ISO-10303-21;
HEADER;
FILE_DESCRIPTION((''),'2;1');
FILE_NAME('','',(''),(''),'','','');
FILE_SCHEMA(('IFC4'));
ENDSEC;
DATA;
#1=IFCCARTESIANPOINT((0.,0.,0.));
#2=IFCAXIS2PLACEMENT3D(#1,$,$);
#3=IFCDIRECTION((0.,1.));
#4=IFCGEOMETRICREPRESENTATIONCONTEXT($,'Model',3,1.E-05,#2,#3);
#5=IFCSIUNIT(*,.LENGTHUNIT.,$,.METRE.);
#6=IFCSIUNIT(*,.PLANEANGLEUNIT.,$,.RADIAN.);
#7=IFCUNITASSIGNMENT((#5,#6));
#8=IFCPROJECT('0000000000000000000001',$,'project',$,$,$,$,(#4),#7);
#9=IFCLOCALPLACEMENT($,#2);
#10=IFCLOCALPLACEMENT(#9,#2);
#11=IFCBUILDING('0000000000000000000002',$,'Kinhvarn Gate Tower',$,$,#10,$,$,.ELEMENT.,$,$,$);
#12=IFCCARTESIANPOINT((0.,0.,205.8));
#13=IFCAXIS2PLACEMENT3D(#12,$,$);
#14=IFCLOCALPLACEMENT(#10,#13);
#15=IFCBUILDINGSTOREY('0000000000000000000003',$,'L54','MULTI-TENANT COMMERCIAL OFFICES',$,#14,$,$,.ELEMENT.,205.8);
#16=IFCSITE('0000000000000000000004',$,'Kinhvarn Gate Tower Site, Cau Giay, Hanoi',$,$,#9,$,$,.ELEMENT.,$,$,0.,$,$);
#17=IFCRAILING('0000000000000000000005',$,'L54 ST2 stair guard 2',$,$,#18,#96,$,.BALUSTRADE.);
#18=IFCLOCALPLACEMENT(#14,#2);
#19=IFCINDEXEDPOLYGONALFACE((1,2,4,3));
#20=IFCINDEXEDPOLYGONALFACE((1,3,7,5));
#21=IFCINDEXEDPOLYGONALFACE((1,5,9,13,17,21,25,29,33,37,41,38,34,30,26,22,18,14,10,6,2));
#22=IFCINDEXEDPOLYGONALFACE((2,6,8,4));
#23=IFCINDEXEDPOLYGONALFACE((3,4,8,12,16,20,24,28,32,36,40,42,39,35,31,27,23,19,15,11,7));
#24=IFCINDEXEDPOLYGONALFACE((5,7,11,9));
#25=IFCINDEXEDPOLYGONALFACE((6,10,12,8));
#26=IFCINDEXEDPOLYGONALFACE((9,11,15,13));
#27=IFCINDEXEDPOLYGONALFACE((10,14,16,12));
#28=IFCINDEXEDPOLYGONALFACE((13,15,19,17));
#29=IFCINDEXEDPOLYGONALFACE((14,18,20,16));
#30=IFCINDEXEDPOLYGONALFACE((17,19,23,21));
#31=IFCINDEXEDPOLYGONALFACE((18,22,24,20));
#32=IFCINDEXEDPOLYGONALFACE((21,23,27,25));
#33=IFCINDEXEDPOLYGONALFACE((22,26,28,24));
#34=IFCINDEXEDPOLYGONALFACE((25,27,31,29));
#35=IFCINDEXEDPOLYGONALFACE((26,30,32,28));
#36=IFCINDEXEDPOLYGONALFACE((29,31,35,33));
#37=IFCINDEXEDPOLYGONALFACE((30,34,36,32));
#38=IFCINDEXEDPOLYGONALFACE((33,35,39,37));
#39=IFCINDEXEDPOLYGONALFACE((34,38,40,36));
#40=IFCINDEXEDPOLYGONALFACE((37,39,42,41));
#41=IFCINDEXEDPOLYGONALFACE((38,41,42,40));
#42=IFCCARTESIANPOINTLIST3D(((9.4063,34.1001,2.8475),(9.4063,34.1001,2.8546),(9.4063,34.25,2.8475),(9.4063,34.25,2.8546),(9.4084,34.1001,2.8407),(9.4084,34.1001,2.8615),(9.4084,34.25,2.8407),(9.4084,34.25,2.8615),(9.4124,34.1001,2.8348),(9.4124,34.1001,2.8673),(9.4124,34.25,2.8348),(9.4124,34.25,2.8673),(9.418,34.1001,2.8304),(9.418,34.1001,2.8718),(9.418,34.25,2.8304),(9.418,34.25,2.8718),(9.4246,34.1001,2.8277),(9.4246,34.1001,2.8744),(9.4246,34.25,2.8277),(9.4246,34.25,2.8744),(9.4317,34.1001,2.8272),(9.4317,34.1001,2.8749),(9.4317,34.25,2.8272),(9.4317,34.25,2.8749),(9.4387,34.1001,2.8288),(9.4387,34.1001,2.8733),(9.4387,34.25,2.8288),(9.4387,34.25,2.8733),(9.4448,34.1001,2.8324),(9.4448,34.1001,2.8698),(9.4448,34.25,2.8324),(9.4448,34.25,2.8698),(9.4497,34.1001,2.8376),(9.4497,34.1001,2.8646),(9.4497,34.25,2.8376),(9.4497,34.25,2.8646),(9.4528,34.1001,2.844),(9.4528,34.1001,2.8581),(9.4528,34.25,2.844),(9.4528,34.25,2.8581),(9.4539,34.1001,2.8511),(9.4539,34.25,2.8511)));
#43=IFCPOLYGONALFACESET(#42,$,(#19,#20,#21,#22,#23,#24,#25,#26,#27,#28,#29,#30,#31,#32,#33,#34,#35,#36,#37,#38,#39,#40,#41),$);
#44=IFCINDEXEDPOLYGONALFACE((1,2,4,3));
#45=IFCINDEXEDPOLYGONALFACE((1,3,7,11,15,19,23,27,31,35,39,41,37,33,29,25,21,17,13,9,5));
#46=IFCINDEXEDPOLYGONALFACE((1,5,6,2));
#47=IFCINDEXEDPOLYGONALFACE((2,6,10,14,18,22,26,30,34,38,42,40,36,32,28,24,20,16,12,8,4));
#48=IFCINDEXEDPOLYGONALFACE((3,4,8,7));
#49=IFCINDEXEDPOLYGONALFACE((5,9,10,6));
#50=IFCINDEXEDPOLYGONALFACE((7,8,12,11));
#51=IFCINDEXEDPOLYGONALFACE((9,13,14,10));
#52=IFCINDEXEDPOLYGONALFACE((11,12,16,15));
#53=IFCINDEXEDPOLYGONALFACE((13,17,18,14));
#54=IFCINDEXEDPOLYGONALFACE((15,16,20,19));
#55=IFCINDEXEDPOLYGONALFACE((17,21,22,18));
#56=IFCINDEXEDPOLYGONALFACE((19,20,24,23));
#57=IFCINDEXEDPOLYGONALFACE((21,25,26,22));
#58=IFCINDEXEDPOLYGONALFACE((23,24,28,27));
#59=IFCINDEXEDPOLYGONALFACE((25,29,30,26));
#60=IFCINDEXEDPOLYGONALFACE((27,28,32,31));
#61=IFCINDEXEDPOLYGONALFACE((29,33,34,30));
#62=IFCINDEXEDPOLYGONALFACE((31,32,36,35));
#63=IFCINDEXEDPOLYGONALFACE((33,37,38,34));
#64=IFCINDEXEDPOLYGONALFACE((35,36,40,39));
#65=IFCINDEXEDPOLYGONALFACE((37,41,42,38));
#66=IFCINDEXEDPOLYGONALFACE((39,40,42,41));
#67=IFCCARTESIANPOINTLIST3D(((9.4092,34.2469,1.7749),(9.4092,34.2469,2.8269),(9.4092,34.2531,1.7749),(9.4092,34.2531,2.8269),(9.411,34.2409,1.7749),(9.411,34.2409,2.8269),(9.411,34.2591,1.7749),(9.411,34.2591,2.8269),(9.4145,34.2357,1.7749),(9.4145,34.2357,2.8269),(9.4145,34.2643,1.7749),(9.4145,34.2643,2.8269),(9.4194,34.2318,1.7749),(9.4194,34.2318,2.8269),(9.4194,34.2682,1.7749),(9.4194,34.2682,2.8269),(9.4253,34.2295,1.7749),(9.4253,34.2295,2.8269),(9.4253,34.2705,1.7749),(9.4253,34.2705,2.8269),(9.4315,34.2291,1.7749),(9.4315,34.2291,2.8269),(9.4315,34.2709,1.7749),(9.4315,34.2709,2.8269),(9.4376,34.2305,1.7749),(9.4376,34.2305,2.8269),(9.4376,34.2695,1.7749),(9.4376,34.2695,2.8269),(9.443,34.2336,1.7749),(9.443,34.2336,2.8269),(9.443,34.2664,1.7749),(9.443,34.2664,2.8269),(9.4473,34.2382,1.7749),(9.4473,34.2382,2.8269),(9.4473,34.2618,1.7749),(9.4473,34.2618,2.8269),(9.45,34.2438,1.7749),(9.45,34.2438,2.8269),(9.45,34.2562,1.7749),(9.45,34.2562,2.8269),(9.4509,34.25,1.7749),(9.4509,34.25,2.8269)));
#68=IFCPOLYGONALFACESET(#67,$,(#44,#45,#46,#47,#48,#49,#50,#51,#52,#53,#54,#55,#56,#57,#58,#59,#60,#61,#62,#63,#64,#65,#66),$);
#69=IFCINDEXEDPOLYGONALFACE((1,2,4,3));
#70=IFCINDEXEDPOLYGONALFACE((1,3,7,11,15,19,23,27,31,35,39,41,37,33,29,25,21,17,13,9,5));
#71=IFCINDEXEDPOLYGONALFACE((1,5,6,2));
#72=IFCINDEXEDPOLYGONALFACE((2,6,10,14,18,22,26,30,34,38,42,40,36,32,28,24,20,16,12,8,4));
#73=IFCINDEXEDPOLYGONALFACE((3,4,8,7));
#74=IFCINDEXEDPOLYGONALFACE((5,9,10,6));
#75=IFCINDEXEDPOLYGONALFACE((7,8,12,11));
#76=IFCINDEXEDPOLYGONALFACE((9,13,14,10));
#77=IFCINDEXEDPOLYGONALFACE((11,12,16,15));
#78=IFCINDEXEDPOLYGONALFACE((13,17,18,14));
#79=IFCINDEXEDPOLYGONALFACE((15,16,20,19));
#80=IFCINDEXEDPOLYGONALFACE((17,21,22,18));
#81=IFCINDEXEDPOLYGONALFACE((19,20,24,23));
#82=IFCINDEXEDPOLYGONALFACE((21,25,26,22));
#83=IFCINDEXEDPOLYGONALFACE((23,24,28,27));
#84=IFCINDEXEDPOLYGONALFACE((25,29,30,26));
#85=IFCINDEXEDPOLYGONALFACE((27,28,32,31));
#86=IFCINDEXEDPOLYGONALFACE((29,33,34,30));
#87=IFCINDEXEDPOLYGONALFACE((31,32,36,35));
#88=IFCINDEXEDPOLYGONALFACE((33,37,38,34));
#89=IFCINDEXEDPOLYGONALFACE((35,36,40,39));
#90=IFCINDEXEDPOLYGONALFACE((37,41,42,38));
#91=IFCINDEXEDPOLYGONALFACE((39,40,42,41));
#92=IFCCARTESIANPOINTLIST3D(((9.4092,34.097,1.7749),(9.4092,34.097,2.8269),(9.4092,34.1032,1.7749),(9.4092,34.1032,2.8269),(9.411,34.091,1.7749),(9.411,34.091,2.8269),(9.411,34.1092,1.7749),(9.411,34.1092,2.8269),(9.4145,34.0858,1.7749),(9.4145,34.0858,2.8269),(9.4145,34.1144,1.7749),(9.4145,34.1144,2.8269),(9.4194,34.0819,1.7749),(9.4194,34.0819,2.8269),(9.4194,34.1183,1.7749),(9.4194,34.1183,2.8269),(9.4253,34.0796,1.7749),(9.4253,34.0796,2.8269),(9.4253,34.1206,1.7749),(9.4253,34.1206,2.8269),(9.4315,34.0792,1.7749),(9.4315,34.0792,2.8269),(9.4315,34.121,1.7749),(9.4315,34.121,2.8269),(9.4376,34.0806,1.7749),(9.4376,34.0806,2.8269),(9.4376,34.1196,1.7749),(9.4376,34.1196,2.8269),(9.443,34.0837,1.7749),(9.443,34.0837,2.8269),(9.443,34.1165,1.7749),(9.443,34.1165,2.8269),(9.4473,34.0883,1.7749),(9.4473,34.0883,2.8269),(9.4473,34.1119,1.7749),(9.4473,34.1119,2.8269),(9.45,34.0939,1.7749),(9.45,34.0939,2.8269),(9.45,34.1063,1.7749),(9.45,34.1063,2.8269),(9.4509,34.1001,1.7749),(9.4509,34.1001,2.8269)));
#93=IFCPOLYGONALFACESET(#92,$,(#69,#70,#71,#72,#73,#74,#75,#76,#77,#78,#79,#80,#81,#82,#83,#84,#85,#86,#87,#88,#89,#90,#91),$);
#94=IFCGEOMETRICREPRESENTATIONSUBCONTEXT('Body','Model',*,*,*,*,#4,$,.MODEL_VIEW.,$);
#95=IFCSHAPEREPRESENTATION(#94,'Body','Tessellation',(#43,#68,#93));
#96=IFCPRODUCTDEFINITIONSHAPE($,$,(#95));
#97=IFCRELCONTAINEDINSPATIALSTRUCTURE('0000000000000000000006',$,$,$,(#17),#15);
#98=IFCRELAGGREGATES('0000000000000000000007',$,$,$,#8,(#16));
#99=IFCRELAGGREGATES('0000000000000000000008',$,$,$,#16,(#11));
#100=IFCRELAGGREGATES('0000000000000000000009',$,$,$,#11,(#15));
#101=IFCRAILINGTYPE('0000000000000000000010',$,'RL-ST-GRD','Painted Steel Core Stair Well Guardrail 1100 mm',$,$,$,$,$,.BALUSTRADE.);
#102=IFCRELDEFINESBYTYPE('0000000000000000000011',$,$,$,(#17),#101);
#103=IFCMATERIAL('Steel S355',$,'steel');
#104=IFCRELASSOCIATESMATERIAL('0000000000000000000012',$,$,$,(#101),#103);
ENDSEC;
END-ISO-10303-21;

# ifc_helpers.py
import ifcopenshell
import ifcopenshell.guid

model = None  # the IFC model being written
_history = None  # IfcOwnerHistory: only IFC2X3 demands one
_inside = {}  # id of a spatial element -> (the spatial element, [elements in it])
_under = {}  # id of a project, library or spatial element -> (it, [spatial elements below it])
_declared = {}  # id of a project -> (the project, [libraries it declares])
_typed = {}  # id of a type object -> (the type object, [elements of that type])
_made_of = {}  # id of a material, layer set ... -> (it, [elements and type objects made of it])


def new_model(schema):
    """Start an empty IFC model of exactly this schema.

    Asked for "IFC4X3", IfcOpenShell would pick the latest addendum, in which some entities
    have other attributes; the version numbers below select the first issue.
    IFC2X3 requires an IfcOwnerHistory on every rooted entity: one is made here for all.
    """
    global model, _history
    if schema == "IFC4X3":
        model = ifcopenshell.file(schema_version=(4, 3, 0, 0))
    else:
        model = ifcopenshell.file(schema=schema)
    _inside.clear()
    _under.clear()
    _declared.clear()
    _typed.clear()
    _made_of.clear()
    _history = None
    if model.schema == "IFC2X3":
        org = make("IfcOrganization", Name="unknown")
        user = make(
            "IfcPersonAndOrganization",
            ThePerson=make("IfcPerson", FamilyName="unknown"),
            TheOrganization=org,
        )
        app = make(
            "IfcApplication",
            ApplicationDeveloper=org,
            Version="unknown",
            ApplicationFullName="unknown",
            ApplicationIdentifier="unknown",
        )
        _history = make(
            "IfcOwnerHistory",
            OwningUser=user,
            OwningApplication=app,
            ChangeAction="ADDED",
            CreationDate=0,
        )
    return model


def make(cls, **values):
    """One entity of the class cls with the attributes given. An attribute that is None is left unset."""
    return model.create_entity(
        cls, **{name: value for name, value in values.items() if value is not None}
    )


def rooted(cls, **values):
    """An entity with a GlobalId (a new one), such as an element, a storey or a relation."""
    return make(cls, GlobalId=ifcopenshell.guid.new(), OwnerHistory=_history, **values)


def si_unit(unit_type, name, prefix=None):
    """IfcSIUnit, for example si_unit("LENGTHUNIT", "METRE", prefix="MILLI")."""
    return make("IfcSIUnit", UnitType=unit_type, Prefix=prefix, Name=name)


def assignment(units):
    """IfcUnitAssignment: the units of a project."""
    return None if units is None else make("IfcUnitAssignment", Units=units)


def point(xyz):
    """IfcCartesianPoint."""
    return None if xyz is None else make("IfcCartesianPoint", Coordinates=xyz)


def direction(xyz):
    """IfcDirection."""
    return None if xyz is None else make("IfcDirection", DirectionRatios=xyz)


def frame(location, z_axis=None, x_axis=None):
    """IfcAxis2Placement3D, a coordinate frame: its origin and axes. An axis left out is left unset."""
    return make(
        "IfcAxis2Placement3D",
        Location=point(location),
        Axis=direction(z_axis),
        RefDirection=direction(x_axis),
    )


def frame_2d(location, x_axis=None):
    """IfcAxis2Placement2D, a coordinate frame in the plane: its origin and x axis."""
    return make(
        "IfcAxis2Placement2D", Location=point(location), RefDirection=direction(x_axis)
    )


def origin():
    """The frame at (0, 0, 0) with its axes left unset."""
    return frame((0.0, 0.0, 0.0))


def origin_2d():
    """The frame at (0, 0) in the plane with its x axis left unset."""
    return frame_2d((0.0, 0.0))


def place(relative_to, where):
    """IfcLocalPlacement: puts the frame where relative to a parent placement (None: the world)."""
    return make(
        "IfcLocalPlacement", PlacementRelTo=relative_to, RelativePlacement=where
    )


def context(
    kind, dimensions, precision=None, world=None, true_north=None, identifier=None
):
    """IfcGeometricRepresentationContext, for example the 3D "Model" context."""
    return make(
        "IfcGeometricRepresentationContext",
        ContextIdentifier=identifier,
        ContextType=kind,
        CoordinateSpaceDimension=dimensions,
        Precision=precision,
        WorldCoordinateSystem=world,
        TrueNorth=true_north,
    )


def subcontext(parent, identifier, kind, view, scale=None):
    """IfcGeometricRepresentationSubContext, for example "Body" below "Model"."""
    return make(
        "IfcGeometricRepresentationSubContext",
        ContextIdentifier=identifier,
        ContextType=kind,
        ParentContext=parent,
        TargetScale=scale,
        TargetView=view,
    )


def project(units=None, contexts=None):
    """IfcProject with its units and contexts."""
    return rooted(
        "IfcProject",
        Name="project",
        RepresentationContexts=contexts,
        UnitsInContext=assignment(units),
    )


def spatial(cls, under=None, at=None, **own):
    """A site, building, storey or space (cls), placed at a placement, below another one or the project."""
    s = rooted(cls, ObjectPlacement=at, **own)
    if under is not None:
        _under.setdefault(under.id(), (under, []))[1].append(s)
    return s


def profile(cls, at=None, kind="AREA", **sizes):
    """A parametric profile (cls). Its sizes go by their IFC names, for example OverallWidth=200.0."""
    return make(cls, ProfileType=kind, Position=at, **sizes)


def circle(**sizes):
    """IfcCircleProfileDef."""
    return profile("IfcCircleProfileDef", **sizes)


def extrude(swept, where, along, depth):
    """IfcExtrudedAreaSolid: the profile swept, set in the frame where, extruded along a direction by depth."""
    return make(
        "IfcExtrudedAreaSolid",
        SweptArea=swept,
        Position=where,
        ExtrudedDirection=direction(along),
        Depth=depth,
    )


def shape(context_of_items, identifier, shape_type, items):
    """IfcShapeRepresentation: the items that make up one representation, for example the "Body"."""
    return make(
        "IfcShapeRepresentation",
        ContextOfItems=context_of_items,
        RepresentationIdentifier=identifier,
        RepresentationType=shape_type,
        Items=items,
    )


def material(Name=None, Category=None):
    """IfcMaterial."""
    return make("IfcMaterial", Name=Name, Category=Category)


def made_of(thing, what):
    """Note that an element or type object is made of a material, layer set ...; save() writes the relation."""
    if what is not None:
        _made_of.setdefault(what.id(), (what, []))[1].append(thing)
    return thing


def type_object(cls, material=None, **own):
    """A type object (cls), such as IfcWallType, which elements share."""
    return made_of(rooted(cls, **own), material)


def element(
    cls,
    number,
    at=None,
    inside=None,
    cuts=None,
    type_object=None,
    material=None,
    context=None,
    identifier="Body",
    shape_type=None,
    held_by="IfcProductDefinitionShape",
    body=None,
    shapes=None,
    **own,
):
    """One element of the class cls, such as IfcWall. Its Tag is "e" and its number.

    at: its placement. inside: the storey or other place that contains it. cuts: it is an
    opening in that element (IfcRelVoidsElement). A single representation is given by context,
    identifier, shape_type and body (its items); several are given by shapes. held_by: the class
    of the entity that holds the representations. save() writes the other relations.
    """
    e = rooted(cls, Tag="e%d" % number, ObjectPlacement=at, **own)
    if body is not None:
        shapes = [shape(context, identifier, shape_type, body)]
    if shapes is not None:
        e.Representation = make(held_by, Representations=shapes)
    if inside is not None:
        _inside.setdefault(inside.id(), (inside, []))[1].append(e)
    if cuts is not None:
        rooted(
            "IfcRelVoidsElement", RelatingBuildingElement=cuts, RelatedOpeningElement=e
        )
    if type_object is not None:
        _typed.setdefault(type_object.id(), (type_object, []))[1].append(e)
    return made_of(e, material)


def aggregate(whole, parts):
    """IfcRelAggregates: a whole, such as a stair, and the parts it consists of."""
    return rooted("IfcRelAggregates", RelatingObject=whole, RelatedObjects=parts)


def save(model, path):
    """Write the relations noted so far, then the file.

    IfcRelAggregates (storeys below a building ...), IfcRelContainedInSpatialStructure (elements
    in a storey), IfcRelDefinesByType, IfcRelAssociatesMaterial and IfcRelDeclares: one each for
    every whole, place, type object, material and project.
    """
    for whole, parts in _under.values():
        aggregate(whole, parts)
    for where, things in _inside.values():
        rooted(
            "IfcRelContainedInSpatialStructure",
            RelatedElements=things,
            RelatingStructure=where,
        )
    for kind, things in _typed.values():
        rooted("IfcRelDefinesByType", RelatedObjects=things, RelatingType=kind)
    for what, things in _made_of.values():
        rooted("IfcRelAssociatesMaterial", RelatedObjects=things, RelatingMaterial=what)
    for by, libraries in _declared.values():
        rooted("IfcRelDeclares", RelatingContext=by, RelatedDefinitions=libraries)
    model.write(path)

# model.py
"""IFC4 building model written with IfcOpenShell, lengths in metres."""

from ifc_helpers import new_model, si_unit, direction, frame, origin, origin_2d, place, context, subcontext, project, spatial, circle, extrude, material, type_object, element, save


model = new_model("IFC4")

# Units and contexts
model_context = context("Model", 3, precision=1e-05, world=origin(), true_north=direction((0.0, 1.0)))
body_context = subcontext(model_context, "Body", "Model", "MODEL_VIEW")
ifc_project = project(units=[si_unit("LENGTHUNIT", "METRE"), si_unit("PLANEANGLEUNIT", "RADIAN")], contexts=[model_context])

# Site, building, storey
site_placement = place(None, origin())
site = spatial("IfcSite", under=ifc_project, at=site_placement, Name="Kinhvarn Gate Tower Site, Cau Giay, Hanoi", CompositionType="ELEMENT", RefElevation=0.0)
building_placement = place(site_placement, origin())
building = spatial("IfcBuilding", under=site, at=building_placement, Name="Kinhvarn Gate Tower", CompositionType="ELEMENT")
storey_placement = place(building_placement, frame((0.0, 0.0, 205.8)))
storey = spatial("IfcBuildingStorey", under=building, at=storey_placement, Name="L54", Description="MULTI-TENANT COMMERCIAL OFFICES", CompositionType="ELEMENT", Elevation=205.8)

# Railing
ifc_material_1 = material(Name="Steel S355", Category="steel")
railing_type_1 = type_object("IfcRailingType", Name="RL-ST-GRD", Description="Painted Steel Core Stair Well Guardrail 1100 mm", PredefinedType="BALUSTRADE", material=ifc_material_1)
railing_1_placement = place(storey_placement, frame((9.4299, 34.25, 1.7749)))
element("IfcRailing", 1, at=railing_1_placement, inside=storey, type_object=railing_type_1, Name="L54 ST2 stair guard 2", PredefinedType="BALUSTRADE", context=body_context, shape_type="SweptSolid", body=[
    extrude(circle(Radius=0.0239, at=origin_2d()), frame((0.0, 0.0, 1.0762), z_axis=(0.0, -1.0, 0.0), x_axis=(1.0, 0.0, 0.0)), (0.0, 0.0, 1.0), 0.1499),
    extrude(circle(Radius=0.021, at=origin_2d()), origin(), (0.0, 0.0, 1.0), 1.052),
    extrude(circle(Radius=0.021, at=origin_2d()), frame((0.0, -0.1499, 0.0)), (0.0, 0.0, 1.0), 1.052),
])

save(model, "model.ifc")
